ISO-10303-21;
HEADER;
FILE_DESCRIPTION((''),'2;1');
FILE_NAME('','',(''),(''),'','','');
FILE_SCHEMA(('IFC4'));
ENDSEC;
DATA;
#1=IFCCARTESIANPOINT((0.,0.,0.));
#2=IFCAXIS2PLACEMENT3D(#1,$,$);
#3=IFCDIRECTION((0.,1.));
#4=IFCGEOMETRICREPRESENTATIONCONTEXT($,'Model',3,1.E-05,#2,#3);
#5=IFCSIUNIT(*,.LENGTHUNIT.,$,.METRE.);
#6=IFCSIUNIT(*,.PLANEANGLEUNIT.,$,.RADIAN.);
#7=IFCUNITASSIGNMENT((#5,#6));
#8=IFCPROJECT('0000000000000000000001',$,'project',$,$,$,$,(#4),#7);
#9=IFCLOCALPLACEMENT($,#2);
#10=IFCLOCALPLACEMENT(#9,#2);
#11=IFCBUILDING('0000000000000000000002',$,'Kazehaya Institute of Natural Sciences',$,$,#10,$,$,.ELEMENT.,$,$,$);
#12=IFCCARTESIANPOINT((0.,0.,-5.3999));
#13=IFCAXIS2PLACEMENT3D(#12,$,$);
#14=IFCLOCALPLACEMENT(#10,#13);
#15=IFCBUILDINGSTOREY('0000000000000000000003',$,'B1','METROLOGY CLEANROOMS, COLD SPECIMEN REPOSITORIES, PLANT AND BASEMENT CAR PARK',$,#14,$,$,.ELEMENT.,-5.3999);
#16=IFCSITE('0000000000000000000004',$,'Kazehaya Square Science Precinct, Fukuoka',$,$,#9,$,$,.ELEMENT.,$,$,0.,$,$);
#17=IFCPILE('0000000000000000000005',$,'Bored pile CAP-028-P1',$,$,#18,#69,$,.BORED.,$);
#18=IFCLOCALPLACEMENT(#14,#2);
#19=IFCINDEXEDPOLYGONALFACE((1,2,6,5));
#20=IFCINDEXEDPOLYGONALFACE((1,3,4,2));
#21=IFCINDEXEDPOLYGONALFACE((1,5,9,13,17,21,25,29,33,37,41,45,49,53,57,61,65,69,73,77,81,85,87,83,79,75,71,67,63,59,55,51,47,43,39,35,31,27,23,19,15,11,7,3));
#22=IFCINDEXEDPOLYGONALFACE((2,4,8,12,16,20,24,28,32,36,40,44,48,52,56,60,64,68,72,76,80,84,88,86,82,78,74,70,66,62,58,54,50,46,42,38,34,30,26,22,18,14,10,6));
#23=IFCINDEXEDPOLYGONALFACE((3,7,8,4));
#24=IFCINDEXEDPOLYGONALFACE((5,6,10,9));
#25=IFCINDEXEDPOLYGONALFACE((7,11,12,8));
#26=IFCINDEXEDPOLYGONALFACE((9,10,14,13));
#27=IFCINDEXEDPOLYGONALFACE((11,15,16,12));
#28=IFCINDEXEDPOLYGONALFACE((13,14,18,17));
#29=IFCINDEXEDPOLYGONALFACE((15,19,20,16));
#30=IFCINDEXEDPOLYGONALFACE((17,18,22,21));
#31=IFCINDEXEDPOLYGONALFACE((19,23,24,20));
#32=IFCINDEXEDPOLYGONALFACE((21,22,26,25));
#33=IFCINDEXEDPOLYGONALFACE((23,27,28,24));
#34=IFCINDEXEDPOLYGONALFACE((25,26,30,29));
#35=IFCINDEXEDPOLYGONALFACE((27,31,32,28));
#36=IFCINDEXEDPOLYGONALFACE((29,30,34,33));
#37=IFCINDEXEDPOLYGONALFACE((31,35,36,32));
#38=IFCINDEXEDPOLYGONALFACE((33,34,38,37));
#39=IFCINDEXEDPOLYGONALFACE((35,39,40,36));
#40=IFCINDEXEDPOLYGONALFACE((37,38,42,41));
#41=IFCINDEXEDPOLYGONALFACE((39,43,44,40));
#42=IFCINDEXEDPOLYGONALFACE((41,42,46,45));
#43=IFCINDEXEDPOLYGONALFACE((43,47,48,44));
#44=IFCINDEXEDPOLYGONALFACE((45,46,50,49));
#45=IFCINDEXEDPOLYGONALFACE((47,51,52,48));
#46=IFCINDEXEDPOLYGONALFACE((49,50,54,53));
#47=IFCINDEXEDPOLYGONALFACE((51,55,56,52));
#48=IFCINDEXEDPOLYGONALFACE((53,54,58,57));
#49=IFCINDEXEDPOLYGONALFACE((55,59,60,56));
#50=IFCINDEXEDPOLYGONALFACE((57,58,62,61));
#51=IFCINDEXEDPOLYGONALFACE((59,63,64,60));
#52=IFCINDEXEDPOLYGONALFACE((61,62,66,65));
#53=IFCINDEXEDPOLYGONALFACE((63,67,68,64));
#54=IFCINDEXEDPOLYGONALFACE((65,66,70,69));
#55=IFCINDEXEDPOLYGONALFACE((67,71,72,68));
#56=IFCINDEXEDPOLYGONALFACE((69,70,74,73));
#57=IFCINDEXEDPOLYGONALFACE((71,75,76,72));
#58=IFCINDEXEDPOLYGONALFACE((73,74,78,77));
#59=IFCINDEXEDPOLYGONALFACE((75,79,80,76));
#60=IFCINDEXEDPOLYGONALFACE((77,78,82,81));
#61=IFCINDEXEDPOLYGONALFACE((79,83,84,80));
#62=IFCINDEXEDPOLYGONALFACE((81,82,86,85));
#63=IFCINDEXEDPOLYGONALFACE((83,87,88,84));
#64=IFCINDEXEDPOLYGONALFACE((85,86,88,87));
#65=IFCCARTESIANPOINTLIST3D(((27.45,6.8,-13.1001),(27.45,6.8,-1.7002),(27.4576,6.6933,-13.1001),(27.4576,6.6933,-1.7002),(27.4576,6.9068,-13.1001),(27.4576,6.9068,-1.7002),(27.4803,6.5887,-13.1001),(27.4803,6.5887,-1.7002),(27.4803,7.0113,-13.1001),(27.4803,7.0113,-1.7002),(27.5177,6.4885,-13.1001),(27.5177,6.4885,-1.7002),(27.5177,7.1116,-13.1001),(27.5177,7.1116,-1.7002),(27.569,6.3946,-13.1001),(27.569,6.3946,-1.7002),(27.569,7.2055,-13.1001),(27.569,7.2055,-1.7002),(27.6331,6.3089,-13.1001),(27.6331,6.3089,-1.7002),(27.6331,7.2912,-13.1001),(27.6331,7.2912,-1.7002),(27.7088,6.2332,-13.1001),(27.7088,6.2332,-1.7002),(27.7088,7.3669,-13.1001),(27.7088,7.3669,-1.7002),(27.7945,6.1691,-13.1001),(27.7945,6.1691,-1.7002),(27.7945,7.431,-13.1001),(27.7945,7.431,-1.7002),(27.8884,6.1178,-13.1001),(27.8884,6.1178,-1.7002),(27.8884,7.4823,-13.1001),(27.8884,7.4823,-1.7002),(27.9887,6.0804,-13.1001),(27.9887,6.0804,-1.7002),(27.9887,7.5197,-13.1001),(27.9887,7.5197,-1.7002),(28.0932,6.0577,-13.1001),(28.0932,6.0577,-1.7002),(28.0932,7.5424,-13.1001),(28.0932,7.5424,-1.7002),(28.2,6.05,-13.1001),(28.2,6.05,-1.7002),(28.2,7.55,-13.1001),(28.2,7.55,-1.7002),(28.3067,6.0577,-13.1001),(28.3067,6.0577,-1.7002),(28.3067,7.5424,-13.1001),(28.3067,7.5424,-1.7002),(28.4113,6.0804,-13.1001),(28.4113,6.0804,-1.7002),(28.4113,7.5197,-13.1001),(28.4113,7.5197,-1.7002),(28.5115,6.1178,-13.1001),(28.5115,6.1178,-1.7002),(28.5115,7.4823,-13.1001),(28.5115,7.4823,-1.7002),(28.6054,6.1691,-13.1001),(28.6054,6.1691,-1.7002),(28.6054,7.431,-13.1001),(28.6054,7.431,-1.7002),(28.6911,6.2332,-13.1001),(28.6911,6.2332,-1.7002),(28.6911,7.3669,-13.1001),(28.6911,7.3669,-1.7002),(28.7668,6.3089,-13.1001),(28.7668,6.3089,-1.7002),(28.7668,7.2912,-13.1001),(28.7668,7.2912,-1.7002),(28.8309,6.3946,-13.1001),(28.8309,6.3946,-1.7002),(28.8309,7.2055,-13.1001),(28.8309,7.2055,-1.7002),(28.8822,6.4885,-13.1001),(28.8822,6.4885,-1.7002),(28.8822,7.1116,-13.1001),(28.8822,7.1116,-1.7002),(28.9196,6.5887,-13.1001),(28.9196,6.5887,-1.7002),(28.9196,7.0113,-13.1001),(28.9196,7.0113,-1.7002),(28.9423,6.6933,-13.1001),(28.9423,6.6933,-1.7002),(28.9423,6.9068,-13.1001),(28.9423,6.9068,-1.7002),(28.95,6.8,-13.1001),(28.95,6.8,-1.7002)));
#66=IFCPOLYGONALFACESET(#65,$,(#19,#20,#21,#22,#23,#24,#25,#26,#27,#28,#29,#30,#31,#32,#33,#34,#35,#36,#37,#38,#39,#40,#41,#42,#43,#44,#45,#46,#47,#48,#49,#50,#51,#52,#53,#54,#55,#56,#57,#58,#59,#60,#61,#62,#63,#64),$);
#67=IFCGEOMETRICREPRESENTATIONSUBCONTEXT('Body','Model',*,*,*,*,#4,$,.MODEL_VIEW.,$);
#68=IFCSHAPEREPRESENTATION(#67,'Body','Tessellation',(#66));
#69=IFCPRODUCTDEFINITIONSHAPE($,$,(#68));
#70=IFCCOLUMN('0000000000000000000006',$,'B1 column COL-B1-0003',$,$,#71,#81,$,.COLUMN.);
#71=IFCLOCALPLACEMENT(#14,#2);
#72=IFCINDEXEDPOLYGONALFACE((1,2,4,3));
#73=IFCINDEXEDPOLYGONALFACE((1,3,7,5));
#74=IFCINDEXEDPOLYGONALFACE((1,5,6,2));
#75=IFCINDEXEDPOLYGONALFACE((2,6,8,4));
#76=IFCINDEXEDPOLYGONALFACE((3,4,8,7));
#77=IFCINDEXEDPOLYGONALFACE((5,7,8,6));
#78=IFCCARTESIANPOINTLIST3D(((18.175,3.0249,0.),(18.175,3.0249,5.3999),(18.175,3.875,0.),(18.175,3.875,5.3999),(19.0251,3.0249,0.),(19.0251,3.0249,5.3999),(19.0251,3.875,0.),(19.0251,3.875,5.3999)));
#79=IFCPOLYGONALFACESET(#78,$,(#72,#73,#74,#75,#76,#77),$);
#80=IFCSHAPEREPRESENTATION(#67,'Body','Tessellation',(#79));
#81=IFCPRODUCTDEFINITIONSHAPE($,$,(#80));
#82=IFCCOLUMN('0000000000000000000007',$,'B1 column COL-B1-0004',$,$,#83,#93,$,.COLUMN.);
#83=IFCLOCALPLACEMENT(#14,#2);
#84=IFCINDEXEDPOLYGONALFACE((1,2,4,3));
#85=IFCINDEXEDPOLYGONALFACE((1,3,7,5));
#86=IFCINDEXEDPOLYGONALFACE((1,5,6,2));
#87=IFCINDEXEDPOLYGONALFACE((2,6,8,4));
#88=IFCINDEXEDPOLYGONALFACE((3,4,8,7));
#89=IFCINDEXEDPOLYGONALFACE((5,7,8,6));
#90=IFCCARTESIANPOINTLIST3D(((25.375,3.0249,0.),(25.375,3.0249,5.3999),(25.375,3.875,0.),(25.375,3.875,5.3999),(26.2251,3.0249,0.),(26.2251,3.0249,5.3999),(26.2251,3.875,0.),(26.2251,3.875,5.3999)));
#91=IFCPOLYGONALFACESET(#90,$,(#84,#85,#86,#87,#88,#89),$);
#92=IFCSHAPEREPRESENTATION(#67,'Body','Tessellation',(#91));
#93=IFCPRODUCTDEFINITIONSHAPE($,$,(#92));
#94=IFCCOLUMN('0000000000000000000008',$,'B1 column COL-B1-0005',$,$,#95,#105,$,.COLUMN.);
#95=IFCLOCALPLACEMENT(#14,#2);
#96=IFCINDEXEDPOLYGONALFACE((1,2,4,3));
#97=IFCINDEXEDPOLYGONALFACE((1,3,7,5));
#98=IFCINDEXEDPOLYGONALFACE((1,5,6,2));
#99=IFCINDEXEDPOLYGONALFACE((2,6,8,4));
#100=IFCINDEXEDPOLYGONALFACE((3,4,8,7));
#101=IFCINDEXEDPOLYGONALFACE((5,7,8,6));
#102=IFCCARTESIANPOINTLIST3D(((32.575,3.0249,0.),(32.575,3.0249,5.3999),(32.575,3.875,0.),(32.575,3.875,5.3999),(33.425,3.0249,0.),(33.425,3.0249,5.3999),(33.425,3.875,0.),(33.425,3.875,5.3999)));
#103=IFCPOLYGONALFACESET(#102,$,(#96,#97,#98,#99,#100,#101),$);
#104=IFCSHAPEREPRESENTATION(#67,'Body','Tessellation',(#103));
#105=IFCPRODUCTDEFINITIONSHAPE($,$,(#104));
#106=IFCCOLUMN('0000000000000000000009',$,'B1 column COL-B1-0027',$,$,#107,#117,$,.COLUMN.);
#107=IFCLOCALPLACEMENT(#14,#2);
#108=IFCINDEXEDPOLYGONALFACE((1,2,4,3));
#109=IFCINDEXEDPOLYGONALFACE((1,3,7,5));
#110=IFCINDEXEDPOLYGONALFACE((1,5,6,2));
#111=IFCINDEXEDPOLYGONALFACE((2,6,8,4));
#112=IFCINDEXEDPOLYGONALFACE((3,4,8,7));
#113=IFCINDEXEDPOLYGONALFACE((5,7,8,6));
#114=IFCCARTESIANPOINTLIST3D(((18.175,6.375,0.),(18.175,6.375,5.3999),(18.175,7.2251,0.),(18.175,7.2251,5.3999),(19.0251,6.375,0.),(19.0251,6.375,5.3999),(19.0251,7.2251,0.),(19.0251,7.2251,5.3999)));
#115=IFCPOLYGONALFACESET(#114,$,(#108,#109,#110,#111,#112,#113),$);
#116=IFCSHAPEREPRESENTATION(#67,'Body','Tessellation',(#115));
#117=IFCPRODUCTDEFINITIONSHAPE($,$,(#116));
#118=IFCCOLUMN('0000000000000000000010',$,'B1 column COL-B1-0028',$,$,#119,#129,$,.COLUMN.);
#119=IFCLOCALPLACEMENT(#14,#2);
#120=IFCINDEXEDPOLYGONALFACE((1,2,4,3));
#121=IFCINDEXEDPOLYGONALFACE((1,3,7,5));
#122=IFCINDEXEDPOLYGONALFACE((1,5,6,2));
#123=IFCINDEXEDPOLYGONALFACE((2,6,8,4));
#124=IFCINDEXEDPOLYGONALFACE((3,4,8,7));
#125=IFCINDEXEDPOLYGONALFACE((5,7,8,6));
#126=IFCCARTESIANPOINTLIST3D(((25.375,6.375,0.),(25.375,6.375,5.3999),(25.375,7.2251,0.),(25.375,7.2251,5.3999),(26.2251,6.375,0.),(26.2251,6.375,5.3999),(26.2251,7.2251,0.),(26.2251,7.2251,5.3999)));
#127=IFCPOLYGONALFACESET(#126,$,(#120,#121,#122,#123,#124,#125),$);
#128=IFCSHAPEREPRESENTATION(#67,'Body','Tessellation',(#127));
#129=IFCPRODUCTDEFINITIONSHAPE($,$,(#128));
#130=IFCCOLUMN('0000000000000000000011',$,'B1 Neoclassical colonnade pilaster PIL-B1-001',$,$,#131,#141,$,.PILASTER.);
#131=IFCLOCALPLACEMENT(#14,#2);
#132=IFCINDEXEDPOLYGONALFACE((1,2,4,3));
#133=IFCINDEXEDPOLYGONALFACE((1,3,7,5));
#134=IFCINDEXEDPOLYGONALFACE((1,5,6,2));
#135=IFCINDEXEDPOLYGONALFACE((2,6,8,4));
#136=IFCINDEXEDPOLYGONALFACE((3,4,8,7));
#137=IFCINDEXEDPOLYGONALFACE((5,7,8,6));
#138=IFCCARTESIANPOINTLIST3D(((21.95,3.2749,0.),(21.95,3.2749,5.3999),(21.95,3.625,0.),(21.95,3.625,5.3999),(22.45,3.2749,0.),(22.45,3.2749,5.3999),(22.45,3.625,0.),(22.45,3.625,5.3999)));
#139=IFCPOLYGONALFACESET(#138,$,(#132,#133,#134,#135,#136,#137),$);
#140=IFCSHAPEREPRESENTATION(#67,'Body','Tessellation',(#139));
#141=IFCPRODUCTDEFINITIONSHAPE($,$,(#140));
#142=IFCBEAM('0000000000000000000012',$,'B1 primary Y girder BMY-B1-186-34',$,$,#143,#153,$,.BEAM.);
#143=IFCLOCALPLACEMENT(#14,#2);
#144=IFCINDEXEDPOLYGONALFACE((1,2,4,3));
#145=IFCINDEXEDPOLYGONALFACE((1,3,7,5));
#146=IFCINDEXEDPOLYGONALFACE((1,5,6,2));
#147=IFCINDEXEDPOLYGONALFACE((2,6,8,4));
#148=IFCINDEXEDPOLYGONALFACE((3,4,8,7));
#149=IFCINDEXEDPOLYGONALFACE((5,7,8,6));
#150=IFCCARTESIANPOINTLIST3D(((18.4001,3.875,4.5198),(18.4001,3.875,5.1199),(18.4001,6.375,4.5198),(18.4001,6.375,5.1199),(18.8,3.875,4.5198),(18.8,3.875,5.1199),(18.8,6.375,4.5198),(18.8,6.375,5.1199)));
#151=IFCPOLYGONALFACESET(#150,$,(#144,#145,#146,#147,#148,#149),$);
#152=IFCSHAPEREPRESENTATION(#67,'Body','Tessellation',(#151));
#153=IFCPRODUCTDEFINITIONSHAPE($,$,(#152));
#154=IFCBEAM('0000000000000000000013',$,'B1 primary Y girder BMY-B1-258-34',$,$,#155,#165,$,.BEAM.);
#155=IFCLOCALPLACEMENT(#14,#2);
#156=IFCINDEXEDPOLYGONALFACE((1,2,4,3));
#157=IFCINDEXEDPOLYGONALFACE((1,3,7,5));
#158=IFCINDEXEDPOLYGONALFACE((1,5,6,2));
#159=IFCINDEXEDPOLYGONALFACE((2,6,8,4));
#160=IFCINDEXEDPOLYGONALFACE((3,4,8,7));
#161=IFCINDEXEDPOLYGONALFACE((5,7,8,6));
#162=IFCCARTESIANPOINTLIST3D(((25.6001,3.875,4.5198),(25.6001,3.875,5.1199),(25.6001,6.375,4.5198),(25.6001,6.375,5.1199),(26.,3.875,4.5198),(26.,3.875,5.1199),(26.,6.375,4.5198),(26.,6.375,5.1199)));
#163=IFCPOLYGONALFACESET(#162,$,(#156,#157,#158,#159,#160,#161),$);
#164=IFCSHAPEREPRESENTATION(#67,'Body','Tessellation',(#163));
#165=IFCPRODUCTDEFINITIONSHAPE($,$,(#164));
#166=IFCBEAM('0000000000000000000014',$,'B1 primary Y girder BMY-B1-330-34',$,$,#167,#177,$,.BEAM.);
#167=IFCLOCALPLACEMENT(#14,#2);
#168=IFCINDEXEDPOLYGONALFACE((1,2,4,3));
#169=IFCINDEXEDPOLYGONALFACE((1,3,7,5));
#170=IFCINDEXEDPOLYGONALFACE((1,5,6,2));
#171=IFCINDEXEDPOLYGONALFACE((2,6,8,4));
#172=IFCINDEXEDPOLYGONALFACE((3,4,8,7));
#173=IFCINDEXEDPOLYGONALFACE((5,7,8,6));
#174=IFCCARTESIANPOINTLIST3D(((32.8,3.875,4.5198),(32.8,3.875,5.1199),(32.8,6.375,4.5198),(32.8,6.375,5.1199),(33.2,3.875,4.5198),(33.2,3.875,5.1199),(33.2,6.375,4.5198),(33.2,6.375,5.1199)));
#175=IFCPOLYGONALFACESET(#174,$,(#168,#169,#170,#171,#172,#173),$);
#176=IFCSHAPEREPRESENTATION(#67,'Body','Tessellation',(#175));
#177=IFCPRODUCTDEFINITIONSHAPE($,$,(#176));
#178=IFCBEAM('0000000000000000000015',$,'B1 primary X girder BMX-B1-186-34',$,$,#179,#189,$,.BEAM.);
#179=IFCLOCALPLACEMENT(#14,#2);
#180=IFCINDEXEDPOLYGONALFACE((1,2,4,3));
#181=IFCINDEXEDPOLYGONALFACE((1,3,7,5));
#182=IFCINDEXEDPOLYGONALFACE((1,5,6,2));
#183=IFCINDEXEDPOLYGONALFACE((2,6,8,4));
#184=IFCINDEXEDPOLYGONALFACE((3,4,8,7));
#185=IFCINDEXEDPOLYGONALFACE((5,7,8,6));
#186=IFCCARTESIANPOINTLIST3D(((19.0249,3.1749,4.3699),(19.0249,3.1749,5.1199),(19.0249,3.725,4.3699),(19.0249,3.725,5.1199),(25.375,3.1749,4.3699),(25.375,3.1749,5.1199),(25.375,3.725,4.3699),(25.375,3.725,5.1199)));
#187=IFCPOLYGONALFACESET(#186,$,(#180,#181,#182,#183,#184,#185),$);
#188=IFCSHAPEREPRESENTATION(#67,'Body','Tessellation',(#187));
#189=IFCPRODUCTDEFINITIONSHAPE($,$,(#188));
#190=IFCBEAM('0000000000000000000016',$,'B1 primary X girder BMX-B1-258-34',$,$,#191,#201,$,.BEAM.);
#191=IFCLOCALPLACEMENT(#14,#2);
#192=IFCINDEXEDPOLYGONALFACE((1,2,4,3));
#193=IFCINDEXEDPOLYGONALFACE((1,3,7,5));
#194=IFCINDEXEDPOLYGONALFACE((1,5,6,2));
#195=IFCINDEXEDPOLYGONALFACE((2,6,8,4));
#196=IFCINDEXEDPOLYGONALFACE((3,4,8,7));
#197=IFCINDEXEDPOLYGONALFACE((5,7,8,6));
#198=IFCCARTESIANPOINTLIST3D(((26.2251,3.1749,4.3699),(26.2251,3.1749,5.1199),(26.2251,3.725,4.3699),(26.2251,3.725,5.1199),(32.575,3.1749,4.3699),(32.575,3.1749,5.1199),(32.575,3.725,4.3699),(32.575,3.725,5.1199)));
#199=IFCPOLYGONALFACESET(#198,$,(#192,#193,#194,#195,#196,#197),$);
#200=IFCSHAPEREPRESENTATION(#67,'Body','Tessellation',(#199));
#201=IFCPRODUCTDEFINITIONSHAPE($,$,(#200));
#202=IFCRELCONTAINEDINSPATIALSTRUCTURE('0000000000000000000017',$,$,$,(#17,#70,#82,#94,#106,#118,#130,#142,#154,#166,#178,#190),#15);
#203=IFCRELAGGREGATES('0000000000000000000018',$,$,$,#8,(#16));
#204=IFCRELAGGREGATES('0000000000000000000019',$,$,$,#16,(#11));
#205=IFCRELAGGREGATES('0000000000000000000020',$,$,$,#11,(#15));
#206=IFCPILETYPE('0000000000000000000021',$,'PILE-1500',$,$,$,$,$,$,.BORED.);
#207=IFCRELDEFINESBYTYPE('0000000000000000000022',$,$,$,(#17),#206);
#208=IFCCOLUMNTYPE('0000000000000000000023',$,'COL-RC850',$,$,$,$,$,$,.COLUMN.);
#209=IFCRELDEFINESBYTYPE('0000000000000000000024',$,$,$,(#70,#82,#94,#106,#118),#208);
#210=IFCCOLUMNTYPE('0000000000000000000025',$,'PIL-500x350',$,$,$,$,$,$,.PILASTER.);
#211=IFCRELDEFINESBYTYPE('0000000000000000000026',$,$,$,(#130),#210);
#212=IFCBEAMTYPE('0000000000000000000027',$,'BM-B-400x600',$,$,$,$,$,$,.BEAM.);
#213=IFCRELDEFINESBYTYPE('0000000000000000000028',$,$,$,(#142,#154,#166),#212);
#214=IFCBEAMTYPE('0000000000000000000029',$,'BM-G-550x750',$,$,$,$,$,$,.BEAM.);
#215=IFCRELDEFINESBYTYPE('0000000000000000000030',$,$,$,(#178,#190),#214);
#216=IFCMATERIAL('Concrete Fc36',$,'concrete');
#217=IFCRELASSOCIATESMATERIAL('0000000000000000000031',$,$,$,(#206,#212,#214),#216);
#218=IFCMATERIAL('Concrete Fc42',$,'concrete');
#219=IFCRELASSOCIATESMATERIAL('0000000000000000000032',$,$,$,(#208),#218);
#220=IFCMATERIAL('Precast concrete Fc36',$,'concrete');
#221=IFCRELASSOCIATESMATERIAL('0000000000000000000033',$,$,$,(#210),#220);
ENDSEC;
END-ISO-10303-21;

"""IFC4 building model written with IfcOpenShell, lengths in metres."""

from ifc_helpers import new_model, si_unit, direction, frame, origin, origin_2d, place, context, subcontext, project, spatial, rectangle, circle, extrude, material, material_profile, profile_set, type_object, element, save


model = new_model("IFC4")

# Units and contexts
model_context = context("Model", 3, precision=1e-05, world=origin(), true_north=direction((0.0, 1.0)))
body_context = subcontext(model_context, "Body", "Model", "MODEL_VIEW")
ifc_project = project(units=[si_unit("LENGTHUNIT", "METRE"), si_unit("PLANEANGLEUNIT", "RADIAN")], contexts=[model_context])

# Site, building, storey
site_placement = place(None, origin())
site = spatial("IfcSite", under=ifc_project, at=site_placement, Name="Kazehaya Square Science Precinct, Fukuoka", CompositionType="ELEMENT", RefElevation=0.0)
building_placement = place(site_placement, origin())
building = spatial("IfcBuilding", under=site, at=building_placement, Name="Kazehaya Institute of Natural Sciences", CompositionType="ELEMENT")
storey_placement = place(building_placement, frame((0.0, 0.0, -5.3999)))
storey = spatial("IfcBuildingStorey", under=building, at=storey_placement, Name="B1", Description="METROLOGY CLEANROOMS, COLD SPECIMEN REPOSITORIES, PLANT AND BASEMENT CAR PARK", CompositionType="ELEMENT", Elevation=-5.3999)

# Shared definitions
ifc_material_1 = material(Name="Concrete Fc36", Category="concrete")

# Pile
ifc_material_profile_1 = material_profile(ifc_material_1, circle(Radius=0.75, at=origin_2d()), Name="PILE-1500")
ifc_profile_set_1 = profile_set([ifc_material_profile_1], Name="Concrete Fc36")
pile_type_1 = type_object("IfcPileType", Name="PILE-1500", PredefinedType="BORED", material=ifc_profile_set_1)
pile_placement = place(storey_placement, frame((28.2, 6.8, -1.7002), z_axis=(0.0, 0.0, -1.0), x_axis=(1.0, 0.0, 0.0)))
element("IfcPile", 1, at=pile_placement, inside=storey, type_object=pile_type_1, Name="Bored pile CAP-028-P1", PredefinedType="BORED", context=body_context, shape_type="SweptSolid", body=[
    extrude(circle(Radius=0.75, at=origin_2d()), origin(), (0.0, 0.0, 1.0), 11.3999),
])

# Columns
ifc_material_2 = material(Name="Concrete Fc42", Category="concrete")
ifc_material_profile_2 = material_profile(ifc_material_2, rectangle(XDim=0.8501, YDim=0.8501, at=origin_2d()), Name="RC-850x850")
ifc_profile_set_2 = profile_set([ifc_material_profile_2], Name="Concrete Fc42")
column_type_1 = type_object("IfcColumnType", Name="COL-RC850", PredefinedType="COLUMN", material=ifc_profile_set_2)
for number, where, z_axis, x_axis, name in (
    (2, (18.6001, 3.45, 0.0), (0.0, 0.0, 1.0), (1.0, 0.0, 0.0), "B1 column COL-B1-0003"),
    (3, (25.8, 3.45, 0.0), (0.0, 0.0, 1.0), (1.0, 0.0, 0.0), "B1 column COL-B1-0004"),
    (4, (33.0, 3.45, 0.0), (0.0, 0.0, 1.0), (1.0, 0.0, 0.0), "B1 column COL-B1-0005"),
    (5, (18.6001, 6.8, 0.0), (0.0, 0.0, 1.0), (1.0, 0.0, 0.0), "B1 column COL-B1-0027"),
    (6, (25.8, 6.8, 0.0), (0.0, 0.0, 1.0), (1.0, 0.0, 0.0), "B1 column COL-B1-0028"),
):
    element("IfcColumn", number, at=place(storey_placement, frame(where, z_axis=z_axis, x_axis=x_axis)), inside=storey, type_object=column_type_1, Name=name, PredefinedType="COLUMN", context=body_context, shape_type="SweptSolid", body=[
        extrude(rectangle(XDim=0.8501, YDim=0.8501, at=origin_2d()), origin(), (0.0, 0.0, 1.0), 5.3999),
    ])
ifc_material_3 = material(Name="Precast concrete Fc36", Category="concrete")
ifc_material_profile_3 = material_profile(ifc_material_3, rectangle(XDim=0.5, YDim=0.3501, at=origin_2d()), Name="RC-PIL-500x350")
ifc_profile_set_3 = profile_set([ifc_material_profile_3], Name="Precast concrete Fc36")
column_type_2 = type_object("IfcColumnType", Name="PIL-500x350", PredefinedType="PILASTER", material=ifc_profile_set_3)
column_placement = place(storey_placement, frame((22.2, 3.45, 0.0), z_axis=(0.0, 0.0, 1.0), x_axis=(1.0, 0.0, 0.0)))
element("IfcColumn", 7, at=column_placement, inside=storey, type_object=column_type_2, Name="B1 Neoclassical colonnade pilaster PIL-B1-001", PredefinedType="PILASTER", context=body_context, shape_type="SweptSolid", body=[
    extrude(rectangle(XDim=0.5, YDim=0.3501, at=origin_2d()), origin(), (0.0, 0.0, 1.0), 5.3999),
])

# Beams
ifc_material_profile_4 = material_profile(ifc_material_1, rectangle(XDim=0.3999, YDim=0.6001, at=origin_2d()), Name="RC-400x600")
ifc_profile_set_4 = profile_set([ifc_material_profile_4], Name="Concrete Fc36")
beam_type_1 = type_object("IfcBeamType", Name="BM-B-400x600", PredefinedType="BEAM", material=ifc_profile_set_4)
for number, where, z_axis, x_axis, name in (
    (8, (18.6001, 3.875, 4.8198), (0.0, 1.0, 0.0), (-1.0, 0.0, 0.0), "B1 primary Y girder BMY-B1-186-34"),
    (9, (25.8, 3.875, 4.8198), (0.0, 1.0, 0.0), (-1.0, 0.0, 0.0), "B1 primary Y girder BMY-B1-258-34"),
    (10, (33.0, 3.875, 4.8198), (0.0, 1.0, 0.0), (-1.0, 0.0, 0.0), "B1 primary Y girder BMY-B1-330-34"),
):
    element("IfcBeam", number, at=place(storey_placement, frame(where, z_axis=z_axis, x_axis=x_axis)), inside=storey, type_object=beam_type_1, Name=name, PredefinedType="BEAM", context=body_context, shape_type="SweptSolid", body=[
        extrude(rectangle(XDim=0.3999, YDim=0.6001, at=origin_2d()), origin(), (0.0, 0.0, 1.0), 2.5),
    ])
ifc_material_profile_5 = material_profile(ifc_material_1, rectangle(XDim=0.55, YDim=0.75, at=origin_2d()), Name="RC-550x750")
ifc_profile_set_5 = profile_set([ifc_material_profile_5], Name="Concrete Fc36")
beam_type_2 = type_object("IfcBeamType", Name="BM-G-550x750", PredefinedType="BEAM", material=ifc_profile_set_5)
beam_placement = place(storey_placement, frame((19.0249, 3.45, 4.7449), z_axis=(1.0, 0.0, 0.0), x_axis=(0.0, 1.0, 0.0)))
element("IfcBeam", 11, at=beam_placement, inside=storey, type_object=beam_type_2, Name="B1 primary X girder BMX-B1-186-34", PredefinedType="BEAM", context=body_context, shape_type="SweptSolid", body=[
    extrude(rectangle(XDim=0.55, YDim=0.75, at=origin_2d()), origin(), (0.0, 0.0, 1.0), 6.3501),
])
for number, where, z_axis, x_axis, name in (
    (12, (26.2251, 3.45, 4.7449), (1.0, 0.0, 0.0), (0.0, 1.0, 0.0), "B1 primary X girder BMX-B1-258-34"),
):
    element("IfcBeam", number, at=place(storey_placement, frame(where, z_axis=z_axis, x_axis=x_axis)), inside=storey, type_object=beam_type_2, Name=name, PredefinedType="BEAM", context=body_context, shape_type="SweptSolid", body=[
        extrude(rectangle(XDim=0.55, YDim=0.75, at=origin_2d()), origin(), (0.0, 0.0, 1.0), 6.3499),
    ])

save(model, "model.ifc")
